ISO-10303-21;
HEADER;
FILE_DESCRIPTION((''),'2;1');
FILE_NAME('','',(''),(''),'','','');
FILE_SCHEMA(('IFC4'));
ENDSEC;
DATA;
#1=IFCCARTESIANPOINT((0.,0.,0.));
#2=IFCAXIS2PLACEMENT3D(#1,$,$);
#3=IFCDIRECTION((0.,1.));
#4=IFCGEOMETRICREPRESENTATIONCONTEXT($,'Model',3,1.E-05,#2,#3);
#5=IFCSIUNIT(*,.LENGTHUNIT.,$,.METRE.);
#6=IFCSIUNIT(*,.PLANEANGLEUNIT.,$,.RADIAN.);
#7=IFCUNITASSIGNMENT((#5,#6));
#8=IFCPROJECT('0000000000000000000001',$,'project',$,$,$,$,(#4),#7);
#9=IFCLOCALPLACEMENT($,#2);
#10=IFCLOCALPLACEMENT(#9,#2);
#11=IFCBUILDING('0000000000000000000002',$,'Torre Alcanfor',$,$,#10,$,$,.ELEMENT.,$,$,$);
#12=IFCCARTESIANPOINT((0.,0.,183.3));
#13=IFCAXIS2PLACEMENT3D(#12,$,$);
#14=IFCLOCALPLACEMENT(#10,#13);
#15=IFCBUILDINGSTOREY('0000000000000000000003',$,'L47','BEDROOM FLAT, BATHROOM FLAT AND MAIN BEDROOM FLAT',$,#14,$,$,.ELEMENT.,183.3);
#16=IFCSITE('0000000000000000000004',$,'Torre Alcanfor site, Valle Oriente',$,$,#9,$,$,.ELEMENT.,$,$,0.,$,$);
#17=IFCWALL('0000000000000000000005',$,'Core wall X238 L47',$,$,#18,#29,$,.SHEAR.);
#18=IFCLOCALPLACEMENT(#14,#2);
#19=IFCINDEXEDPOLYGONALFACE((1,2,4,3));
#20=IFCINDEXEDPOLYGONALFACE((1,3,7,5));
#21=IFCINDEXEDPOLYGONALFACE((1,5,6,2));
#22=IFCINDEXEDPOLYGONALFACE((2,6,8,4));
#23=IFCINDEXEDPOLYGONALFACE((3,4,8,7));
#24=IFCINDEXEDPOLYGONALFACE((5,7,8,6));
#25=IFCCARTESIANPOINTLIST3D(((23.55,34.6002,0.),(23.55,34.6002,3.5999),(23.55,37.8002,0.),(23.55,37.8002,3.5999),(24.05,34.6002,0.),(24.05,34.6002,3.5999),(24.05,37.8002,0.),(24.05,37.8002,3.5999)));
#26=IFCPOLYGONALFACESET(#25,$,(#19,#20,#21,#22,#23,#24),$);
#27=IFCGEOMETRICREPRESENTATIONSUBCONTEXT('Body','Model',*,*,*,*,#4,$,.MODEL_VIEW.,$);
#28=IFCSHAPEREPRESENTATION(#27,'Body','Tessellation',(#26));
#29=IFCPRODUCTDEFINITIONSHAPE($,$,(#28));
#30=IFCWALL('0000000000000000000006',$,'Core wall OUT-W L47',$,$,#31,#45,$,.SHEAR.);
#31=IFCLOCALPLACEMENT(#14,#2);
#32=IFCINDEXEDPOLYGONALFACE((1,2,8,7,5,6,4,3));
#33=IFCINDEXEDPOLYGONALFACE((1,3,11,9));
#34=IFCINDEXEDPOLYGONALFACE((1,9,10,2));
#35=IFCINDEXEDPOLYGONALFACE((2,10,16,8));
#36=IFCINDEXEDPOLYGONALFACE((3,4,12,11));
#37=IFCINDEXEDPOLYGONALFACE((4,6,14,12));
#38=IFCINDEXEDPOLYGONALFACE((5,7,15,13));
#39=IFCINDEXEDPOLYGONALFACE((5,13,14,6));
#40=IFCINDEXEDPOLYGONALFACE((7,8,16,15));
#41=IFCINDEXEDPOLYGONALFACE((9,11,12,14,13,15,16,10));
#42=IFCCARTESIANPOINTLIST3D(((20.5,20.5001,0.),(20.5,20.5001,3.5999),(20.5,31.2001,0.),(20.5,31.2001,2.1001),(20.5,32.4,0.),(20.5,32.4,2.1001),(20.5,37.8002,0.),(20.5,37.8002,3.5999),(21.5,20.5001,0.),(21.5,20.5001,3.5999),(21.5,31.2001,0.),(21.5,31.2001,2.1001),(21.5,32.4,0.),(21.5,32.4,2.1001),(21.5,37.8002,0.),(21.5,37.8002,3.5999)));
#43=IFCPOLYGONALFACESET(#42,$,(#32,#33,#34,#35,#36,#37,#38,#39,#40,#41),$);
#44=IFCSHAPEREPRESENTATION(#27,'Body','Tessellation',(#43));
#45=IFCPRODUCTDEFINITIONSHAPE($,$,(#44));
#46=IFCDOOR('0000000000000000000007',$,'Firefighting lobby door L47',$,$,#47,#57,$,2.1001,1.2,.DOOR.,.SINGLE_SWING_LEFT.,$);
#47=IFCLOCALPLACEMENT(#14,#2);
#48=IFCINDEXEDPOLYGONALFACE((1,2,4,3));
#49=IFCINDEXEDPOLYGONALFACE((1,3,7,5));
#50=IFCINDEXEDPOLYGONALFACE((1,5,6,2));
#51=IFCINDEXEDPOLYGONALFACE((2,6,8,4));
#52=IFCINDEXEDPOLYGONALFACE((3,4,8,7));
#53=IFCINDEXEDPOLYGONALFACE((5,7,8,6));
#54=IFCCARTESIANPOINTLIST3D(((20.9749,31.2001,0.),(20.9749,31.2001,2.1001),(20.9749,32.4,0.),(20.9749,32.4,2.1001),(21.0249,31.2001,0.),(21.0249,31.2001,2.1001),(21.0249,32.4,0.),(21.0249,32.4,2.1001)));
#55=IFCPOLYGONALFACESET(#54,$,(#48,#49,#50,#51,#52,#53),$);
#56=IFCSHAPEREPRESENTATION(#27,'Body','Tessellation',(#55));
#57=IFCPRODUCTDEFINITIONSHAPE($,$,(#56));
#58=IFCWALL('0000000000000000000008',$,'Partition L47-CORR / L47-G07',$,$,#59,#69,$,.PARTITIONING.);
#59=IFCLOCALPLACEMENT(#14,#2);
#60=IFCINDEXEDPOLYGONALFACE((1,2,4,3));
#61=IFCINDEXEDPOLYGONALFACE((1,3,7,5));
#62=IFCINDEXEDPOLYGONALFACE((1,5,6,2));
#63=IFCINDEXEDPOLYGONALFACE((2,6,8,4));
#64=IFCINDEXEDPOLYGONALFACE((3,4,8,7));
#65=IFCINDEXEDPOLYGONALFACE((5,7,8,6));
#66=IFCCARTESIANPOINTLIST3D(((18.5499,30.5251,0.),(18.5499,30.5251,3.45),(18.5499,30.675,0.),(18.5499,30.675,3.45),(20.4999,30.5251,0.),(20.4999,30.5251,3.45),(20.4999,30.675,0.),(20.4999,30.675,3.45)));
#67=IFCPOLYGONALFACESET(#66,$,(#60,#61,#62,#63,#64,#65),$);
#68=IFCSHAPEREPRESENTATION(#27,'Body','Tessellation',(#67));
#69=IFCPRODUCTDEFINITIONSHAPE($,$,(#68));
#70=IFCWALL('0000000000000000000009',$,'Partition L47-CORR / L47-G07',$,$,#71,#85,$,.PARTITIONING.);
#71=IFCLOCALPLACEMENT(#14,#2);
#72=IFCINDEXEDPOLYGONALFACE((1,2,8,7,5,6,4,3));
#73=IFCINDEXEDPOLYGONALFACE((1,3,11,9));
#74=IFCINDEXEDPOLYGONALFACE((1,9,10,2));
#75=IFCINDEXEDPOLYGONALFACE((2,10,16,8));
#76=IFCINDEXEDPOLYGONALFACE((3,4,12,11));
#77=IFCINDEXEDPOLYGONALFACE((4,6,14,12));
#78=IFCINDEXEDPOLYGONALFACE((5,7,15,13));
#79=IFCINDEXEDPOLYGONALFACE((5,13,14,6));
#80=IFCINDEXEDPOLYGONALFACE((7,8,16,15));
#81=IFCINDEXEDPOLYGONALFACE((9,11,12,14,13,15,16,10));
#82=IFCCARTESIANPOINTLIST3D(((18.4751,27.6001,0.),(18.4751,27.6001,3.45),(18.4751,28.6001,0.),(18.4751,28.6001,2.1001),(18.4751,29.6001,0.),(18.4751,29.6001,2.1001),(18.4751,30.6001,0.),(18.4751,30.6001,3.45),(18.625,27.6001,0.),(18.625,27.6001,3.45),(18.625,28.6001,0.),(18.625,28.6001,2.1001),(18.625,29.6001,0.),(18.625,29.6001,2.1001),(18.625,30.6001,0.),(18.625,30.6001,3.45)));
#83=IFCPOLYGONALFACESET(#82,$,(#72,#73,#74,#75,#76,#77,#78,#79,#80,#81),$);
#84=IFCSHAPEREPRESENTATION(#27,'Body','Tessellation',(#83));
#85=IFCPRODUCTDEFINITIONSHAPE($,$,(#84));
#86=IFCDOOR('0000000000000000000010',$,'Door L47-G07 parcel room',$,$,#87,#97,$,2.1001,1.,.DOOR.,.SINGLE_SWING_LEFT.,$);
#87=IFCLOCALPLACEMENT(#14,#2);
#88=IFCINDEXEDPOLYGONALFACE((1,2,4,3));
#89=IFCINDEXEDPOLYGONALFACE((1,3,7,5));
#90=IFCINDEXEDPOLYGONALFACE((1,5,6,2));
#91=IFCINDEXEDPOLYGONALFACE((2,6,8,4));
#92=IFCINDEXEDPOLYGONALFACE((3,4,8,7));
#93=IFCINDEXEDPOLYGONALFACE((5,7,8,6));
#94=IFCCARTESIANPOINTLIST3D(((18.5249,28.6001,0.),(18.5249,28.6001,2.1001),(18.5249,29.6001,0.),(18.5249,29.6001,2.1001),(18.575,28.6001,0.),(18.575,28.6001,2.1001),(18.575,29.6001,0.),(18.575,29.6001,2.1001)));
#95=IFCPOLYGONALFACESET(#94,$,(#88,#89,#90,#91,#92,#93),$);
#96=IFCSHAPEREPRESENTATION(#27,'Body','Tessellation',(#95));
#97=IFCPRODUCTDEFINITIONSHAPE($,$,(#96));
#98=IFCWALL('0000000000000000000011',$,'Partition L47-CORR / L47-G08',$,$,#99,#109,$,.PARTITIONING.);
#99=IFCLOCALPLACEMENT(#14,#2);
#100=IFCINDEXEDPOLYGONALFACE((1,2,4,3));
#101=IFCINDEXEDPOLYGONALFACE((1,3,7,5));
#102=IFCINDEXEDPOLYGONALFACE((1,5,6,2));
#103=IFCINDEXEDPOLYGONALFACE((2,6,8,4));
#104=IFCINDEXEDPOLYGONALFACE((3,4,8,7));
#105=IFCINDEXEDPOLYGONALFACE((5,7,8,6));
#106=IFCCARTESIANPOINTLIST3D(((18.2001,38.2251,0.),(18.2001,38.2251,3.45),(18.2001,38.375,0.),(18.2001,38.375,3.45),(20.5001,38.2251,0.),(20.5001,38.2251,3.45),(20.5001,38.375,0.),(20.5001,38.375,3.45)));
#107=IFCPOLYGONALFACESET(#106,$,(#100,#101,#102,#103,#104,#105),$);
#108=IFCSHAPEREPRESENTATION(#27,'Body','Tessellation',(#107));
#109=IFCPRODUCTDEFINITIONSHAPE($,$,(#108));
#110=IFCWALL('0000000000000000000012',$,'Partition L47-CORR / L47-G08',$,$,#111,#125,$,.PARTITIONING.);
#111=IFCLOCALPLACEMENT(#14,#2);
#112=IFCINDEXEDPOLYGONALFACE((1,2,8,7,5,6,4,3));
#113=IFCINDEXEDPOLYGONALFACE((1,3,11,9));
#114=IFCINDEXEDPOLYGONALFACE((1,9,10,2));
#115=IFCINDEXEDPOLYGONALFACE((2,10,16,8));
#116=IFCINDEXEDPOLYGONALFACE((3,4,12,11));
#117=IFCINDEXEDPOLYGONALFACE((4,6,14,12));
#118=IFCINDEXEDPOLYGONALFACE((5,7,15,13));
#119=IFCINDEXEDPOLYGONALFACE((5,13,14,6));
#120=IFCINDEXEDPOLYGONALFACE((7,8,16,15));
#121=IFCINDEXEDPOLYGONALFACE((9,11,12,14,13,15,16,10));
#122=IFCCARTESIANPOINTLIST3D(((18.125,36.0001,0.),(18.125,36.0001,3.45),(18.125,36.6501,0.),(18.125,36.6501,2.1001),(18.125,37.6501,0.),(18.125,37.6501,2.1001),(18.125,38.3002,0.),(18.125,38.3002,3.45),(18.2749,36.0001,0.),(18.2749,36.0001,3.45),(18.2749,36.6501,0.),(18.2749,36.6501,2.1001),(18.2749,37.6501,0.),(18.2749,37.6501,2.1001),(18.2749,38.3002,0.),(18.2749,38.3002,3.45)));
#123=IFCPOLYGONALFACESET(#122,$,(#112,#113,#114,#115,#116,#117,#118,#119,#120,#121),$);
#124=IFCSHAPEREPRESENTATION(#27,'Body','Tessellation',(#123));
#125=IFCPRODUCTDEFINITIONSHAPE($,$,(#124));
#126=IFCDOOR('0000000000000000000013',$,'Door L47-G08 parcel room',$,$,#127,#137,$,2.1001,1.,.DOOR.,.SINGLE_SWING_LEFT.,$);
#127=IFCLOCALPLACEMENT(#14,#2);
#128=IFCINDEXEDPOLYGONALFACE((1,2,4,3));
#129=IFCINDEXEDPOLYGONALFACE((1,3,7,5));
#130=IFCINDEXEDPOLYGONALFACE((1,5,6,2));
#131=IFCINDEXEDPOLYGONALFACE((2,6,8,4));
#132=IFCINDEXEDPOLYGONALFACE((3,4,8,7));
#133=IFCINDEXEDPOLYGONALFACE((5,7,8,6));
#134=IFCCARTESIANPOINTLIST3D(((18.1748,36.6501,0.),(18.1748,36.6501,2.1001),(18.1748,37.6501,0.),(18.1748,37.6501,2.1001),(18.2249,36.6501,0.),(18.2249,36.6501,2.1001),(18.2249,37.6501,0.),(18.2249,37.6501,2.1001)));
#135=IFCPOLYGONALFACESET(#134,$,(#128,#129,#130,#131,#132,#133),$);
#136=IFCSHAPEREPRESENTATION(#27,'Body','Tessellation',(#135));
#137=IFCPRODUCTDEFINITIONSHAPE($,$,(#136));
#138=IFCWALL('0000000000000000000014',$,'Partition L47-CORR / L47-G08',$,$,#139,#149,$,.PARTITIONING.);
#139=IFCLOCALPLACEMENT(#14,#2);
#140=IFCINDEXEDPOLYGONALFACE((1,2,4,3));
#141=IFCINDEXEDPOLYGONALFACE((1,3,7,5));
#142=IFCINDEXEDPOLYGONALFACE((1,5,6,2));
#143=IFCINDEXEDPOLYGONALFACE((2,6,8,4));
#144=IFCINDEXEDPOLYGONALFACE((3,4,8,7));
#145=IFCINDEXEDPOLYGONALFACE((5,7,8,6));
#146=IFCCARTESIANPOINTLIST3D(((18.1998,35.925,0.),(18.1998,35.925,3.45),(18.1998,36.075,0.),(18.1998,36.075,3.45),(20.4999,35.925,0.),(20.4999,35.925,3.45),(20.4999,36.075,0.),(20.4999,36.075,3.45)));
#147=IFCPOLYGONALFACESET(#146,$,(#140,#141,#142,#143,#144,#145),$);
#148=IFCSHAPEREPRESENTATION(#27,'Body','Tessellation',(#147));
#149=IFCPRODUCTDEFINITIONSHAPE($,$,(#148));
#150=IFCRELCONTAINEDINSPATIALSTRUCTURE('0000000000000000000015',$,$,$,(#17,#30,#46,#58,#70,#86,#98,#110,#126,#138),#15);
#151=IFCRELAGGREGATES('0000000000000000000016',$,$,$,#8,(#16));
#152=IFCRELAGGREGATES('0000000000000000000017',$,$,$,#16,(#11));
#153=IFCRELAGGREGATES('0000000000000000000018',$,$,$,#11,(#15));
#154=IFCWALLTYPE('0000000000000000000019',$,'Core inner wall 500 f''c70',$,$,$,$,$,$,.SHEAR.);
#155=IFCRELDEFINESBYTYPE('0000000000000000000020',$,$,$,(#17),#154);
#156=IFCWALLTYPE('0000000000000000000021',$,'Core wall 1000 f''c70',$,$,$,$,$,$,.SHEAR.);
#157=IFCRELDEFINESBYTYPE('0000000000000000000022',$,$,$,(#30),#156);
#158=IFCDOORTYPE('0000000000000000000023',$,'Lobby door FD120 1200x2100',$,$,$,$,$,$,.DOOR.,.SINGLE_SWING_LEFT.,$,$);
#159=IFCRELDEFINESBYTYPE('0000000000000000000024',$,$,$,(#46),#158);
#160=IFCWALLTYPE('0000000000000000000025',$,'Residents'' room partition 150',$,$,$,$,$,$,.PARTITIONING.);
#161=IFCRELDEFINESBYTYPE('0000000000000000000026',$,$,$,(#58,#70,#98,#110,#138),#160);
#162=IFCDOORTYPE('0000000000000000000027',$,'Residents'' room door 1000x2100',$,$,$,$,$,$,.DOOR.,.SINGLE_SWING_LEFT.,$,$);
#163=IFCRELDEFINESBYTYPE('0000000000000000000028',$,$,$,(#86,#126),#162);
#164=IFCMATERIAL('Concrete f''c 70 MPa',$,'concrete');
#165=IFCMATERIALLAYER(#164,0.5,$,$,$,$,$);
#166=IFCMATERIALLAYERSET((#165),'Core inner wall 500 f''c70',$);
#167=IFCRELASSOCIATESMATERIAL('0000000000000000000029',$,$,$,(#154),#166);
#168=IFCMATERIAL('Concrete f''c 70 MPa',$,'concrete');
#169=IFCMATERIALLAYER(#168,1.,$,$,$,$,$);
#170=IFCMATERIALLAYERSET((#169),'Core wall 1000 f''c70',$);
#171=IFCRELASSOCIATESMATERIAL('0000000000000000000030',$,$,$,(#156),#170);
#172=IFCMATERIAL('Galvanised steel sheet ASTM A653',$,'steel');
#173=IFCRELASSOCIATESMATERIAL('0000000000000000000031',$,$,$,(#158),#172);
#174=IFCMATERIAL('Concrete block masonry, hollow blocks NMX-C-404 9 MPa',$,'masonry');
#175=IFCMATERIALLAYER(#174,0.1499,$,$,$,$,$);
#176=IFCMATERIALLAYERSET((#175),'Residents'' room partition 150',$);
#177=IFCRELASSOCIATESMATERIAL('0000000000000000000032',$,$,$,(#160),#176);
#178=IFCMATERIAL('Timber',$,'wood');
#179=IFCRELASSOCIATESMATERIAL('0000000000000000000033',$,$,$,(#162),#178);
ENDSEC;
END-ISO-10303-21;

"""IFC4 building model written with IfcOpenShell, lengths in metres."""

from ifc_helpers import new_model, si_unit, direction, frame, frame_2d, origin, place, context, subcontext, project, spatial, rectangle, extrude, material, layer, layer_set, type_object, element, fill, save


model = new_model("IFC4")

# Units and contexts
model_context = context("Model", 3, precision=1e-05, world=origin(), true_north=direction((0.0, 1.0)))
body_context = subcontext(model_context, "Body", "Model", "MODEL_VIEW")
ifc_project = project(units=[si_unit("LENGTHUNIT", "METRE"), si_unit("PLANEANGLEUNIT", "RADIAN")], contexts=[model_context])

# Site, building, storey
site_placement = place(None, origin())
site = spatial("IfcSite", under=ifc_project, at=site_placement, Name="Torre Alcanfor site, Valle Oriente", CompositionType="ELEMENT", RefElevation=0.0)
building_placement = place(site_placement, origin())
building = spatial("IfcBuilding", under=site, at=building_placement, Name="Torre Alcanfor", CompositionType="ELEMENT")
storey_placement = place(building_placement, frame((0.0, 0.0, 183.3)))
storey = spatial("IfcBuildingStorey", under=building, at=storey_placement, Name="L47", Description="BEDROOM FLAT, BATHROOM FLAT AND MAIN BEDROOM FLAT", CompositionType="ELEMENT", Elevation=183.3)

# Shared definitions
ifc_material_1 = material(Name="Concrete f'c 70 MPa", Category="concrete")
ifc_layer_1 = layer(ifc_material_1, 0.5)
ifc_layer_set_1 = layer_set([ifc_layer_1], Name="Core inner wall 500 f'c70")
wall_type_1 = type_object("IfcWallType", Name="Core inner wall 500 f'c70", PredefinedType="SHEAR", material=ifc_layer_set_1)

# Wall
wall_1_placement = place(storey_placement, frame((23.8, 34.6001, 0.0), z_axis=(0.0, 0.0, 1.0), x_axis=(0.0, 1.0, 0.0)))
element("IfcWall", 1, at=wall_1_placement, inside=storey, type_object=wall_type_1, Name="Core wall X238 L47", PredefinedType="SHEAR", context=body_context, shape_type="SweptSolid", body=[
    extrude(rectangle(XDim=3.2, YDim=0.5, at=frame_2d((1.6001, 0.0))), origin(), (0.0, 0.0, 1.0), 3.5999),
])

# Wall, opening, door
ifc_material_2 = material(Name="Concrete f'c 70 MPa", Category="concrete")
ifc_layer_2 = layer(ifc_material_2, 1.0)
ifc_layer_set_2 = layer_set([ifc_layer_2], Name="Core wall 1000 f'c70")
wall_type_2 = type_object("IfcWallType", Name="Core wall 1000 f'c70", PredefinedType="SHEAR", material=ifc_layer_set_2)
wall_2_placement = place(storey_placement, frame((21.0, 37.8, 0.0), z_axis=(0.0, 0.0, 1.0), x_axis=(0.0, -1.0, 0.0)))
wall_2 = element("IfcWall", 2, at=wall_2_placement, inside=storey, type_object=wall_type_2, Name="Core wall OUT-W L47", PredefinedType="SHEAR", context=body_context, shape_type="SweptSolid", body=[
    extrude(rectangle(XDim=17.3, YDim=1.0, at=frame_2d((8.6499, 0.0))), origin(), (0.0, 0.0, 1.0), 3.5999),
])
opening_1_placement = place(wall_2_placement, frame((5.3999, 0.0, 0.0)))
opening_1 = element("IfcOpeningElement", 3, at=opening_1_placement, cuts=wall_2, PredefinedType="OPENING", context=body_context, shape_type="SweptSolid", body=[
    extrude(rectangle(XDim=1.2, YDim=2.1001, at=frame_2d((0.6001, 1.05))), frame((0.0, 0.51, 0.0), z_axis=(0.0, -1.0, 0.0), x_axis=(1.0, 0.0, 0.0)), (0.0, 0.0, 1.0), 1.02),
])
ifc_material_3 = material(Name="Galvanised steel sheet ASTM A653", Category="steel")
door_type_1 = type_object("IfcDoorType", Name="Lobby door FD120 1200x2100", OperationType="SINGLE_SWING_LEFT", PredefinedType="DOOR", material=ifc_material_3)
door_1_placement = place(opening_1_placement, origin())
door_1 = element("IfcDoor", 4, at=door_1_placement, inside=storey, type_object=door_type_1, Name="Firefighting lobby door L47", OperationType="SINGLE_SWING_LEFT", OverallHeight=2.1001, OverallWidth=1.2, PredefinedType="DOOR", context=body_context, shape_type="SweptSolid", body=[
    extrude(rectangle(XDim=1.2, YDim=2.1001, at=frame_2d((0.6001, 1.05))), frame((0.0, 0.0249, 0.0), z_axis=(0.0, -1.0, 0.0), x_axis=(1.0, 0.0, 0.0)), (0.0, 0.0, 1.0), 0.05),
])
fill(opening_1, door_1)

# Wall
ifc_material_4 = material(Name="Concrete block masonry, hollow blocks NMX-C-404 9 MPa", Category="masonry")
ifc_layer_3 = layer(ifc_material_4, 0.1499)
ifc_layer_set_3 = layer_set([ifc_layer_3], Name="Residents' room partition 150")
wall_type_3 = type_object("IfcWallType", Name="Residents' room partition 150", PredefinedType="PARTITIONING", material=ifc_layer_set_3)
wall_3_placement = place(storey_placement, frame((20.5, 30.6001, 0.0), z_axis=(0.0, 0.0, 1.0), x_axis=(-1.0, 0.0, 0.0)))
element("IfcWall", 5, at=wall_3_placement, inside=storey, type_object=wall_type_3, Name="Partition L47-CORR / L47-G07", PredefinedType="PARTITIONING", context=body_context, shape_type="SweptSolid", body=[
    extrude(rectangle(XDim=1.95, YDim=0.1499, at=frame_2d((0.9751, 0.0))), origin(), (0.0, 0.0, 1.0), 3.45),
])

# Wall, opening, door
wall_4_placement = place(storey_placement, frame((18.55, 30.6001, 0.0), z_axis=(0.0, 0.0, 1.0), x_axis=(0.0, -1.0, 0.0)))
wall_4 = element("IfcWall", 6, at=wall_4_placement, inside=storey, type_object=wall_type_3, Name="Partition L47-CORR / L47-G07", PredefinedType="PARTITIONING", context=body_context, shape_type="SweptSolid", body=[
    extrude(rectangle(XDim=3.0, YDim=0.1499, at=frame_2d((1.5, 0.0))), origin(), (0.0, 0.0, 1.0), 3.45),
])
opening_2_placement = place(wall_4_placement, frame((1.0, 0.0, 0.0)))
opening_2 = element("IfcOpeningElement", 7, at=opening_2_placement, cuts=wall_4, PredefinedType="OPENING", context=body_context, shape_type="SweptSolid", body=[
    extrude(rectangle(XDim=1.0, YDim=2.1001, at=frame_2d((0.5, 1.05))), frame((0.0, 0.085, 0.0), z_axis=(0.0, -1.0, 0.0), x_axis=(1.0, 0.0, 0.0)), (0.0, 0.0, 1.0), 0.1699),
])
ifc_material_5 = material(Name="Timber", Category="wood")
door_type_2 = type_object("IfcDoorType", Name="Residents' room door 1000x2100", OperationType="SINGLE_SWING_LEFT", PredefinedType="DOOR", material=ifc_material_5)
door_2_placement = place(opening_2_placement, origin())
door_2 = element("IfcDoor", 8, at=door_2_placement, inside=storey, type_object=door_type_2, Name="Door L47-G07 parcel room", OperationType="SINGLE_SWING_LEFT", OverallHeight=2.1001, OverallWidth=1.0, PredefinedType="DOOR", context=body_context, shape_type="SweptSolid", body=[
    extrude(rectangle(XDim=1.0, YDim=2.1001, at=frame_2d((0.5, 1.05))), frame((0.0, 0.0249, 0.0), z_axis=(0.0, -1.0, 0.0), x_axis=(1.0, 0.0, 0.0)), (0.0, 0.0, 1.0), 0.05),
])
fill(opening_2, door_2)

# Wall
wall_5_placement = place(storey_placement, frame((20.5, 38.3, 0.0), z_axis=(0.0, 0.0, 1.0), x_axis=(-1.0, 0.0, 0.0)))
element("IfcWall", 9, at=wall_5_placement, inside=storey, type_object=wall_type_3, Name="Partition L47-CORR / L47-G08", PredefinedType="PARTITIONING", context=body_context, shape_type="SweptSolid", body=[
    extrude(rectangle(XDim=2.3, YDim=0.1499, at=frame_2d((1.1499, 0.0))), origin(), (0.0, 0.0, 1.0), 3.45),
])

# Wall, opening, door
wall_6_placement = place(storey_placement, frame((18.2, 38.3, 0.0), z_axis=(0.0, 0.0, 1.0), x_axis=(0.0, -1.0, 0.0)))
wall_6 = element("IfcWall", 10, at=wall_6_placement, inside=storey, type_object=wall_type_3, Name="Partition L47-CORR / L47-G08", PredefinedType="PARTITIONING", context=body_context, shape_type="SweptSolid", body=[
    extrude(rectangle(XDim=2.3, YDim=0.1499, at=frame_2d((1.1499, 0.0))), origin(), (0.0, 0.0, 1.0), 3.45),
])
opening_3_placement = place(wall_6_placement, frame((0.6499, 0.0, 0.0)))
opening_3 = element("IfcOpeningElement", 11, at=opening_3_placement, cuts=wall_6, PredefinedType="OPENING", context=body_context, shape_type="SweptSolid", body=[
    extrude(rectangle(XDim=1.0, YDim=2.1001, at=frame_2d((0.5, 1.05))), frame((0.0, 0.085, 0.0), z_axis=(0.0, -1.0, 0.0), x_axis=(1.0, 0.0, 0.0)), (0.0, 0.0, 1.0), 0.1699),
])
door_3_placement = place(opening_3_placement, origin())
door_3 = element("IfcDoor", 12, at=door_3_placement, inside=storey, type_object=door_type_2, Name="Door L47-G08 parcel room", OperationType="SINGLE_SWING_LEFT", OverallHeight=2.1001, OverallWidth=1.0, PredefinedType="DOOR", context=body_context, shape_type="SweptSolid", body=[
    extrude(rectangle(XDim=1.0, YDim=2.1001, at=frame_2d((0.5, 1.05))), frame((0.0, 0.0249, 0.0), z_axis=(0.0, -1.0, 0.0), x_axis=(1.0, 0.0, 0.0)), (0.0, 0.0, 1.0), 0.05),
])
fill(opening_3, door_3)

# Wall
wall_7_placement = place(storey_placement, frame((18.2, 36.0, 0.0), z_axis=(0.0, 0.0, 1.0), x_axis=(1.0, 0.0, 0.0)))
element("IfcWall", 13, at=wall_7_placement, inside=storey, type_object=wall_type_3, Name="Partition L47-CORR / L47-G08", PredefinedType="PARTITIONING", context=body_context, shape_type="SweptSolid", body=[
    extrude(rectangle(XDim=2.3, YDim=0.1499, at=frame_2d((1.1499, 0.0))), origin(), (0.0, 0.0, 1.0), 3.45),
])

save(model, "model.ifc")
